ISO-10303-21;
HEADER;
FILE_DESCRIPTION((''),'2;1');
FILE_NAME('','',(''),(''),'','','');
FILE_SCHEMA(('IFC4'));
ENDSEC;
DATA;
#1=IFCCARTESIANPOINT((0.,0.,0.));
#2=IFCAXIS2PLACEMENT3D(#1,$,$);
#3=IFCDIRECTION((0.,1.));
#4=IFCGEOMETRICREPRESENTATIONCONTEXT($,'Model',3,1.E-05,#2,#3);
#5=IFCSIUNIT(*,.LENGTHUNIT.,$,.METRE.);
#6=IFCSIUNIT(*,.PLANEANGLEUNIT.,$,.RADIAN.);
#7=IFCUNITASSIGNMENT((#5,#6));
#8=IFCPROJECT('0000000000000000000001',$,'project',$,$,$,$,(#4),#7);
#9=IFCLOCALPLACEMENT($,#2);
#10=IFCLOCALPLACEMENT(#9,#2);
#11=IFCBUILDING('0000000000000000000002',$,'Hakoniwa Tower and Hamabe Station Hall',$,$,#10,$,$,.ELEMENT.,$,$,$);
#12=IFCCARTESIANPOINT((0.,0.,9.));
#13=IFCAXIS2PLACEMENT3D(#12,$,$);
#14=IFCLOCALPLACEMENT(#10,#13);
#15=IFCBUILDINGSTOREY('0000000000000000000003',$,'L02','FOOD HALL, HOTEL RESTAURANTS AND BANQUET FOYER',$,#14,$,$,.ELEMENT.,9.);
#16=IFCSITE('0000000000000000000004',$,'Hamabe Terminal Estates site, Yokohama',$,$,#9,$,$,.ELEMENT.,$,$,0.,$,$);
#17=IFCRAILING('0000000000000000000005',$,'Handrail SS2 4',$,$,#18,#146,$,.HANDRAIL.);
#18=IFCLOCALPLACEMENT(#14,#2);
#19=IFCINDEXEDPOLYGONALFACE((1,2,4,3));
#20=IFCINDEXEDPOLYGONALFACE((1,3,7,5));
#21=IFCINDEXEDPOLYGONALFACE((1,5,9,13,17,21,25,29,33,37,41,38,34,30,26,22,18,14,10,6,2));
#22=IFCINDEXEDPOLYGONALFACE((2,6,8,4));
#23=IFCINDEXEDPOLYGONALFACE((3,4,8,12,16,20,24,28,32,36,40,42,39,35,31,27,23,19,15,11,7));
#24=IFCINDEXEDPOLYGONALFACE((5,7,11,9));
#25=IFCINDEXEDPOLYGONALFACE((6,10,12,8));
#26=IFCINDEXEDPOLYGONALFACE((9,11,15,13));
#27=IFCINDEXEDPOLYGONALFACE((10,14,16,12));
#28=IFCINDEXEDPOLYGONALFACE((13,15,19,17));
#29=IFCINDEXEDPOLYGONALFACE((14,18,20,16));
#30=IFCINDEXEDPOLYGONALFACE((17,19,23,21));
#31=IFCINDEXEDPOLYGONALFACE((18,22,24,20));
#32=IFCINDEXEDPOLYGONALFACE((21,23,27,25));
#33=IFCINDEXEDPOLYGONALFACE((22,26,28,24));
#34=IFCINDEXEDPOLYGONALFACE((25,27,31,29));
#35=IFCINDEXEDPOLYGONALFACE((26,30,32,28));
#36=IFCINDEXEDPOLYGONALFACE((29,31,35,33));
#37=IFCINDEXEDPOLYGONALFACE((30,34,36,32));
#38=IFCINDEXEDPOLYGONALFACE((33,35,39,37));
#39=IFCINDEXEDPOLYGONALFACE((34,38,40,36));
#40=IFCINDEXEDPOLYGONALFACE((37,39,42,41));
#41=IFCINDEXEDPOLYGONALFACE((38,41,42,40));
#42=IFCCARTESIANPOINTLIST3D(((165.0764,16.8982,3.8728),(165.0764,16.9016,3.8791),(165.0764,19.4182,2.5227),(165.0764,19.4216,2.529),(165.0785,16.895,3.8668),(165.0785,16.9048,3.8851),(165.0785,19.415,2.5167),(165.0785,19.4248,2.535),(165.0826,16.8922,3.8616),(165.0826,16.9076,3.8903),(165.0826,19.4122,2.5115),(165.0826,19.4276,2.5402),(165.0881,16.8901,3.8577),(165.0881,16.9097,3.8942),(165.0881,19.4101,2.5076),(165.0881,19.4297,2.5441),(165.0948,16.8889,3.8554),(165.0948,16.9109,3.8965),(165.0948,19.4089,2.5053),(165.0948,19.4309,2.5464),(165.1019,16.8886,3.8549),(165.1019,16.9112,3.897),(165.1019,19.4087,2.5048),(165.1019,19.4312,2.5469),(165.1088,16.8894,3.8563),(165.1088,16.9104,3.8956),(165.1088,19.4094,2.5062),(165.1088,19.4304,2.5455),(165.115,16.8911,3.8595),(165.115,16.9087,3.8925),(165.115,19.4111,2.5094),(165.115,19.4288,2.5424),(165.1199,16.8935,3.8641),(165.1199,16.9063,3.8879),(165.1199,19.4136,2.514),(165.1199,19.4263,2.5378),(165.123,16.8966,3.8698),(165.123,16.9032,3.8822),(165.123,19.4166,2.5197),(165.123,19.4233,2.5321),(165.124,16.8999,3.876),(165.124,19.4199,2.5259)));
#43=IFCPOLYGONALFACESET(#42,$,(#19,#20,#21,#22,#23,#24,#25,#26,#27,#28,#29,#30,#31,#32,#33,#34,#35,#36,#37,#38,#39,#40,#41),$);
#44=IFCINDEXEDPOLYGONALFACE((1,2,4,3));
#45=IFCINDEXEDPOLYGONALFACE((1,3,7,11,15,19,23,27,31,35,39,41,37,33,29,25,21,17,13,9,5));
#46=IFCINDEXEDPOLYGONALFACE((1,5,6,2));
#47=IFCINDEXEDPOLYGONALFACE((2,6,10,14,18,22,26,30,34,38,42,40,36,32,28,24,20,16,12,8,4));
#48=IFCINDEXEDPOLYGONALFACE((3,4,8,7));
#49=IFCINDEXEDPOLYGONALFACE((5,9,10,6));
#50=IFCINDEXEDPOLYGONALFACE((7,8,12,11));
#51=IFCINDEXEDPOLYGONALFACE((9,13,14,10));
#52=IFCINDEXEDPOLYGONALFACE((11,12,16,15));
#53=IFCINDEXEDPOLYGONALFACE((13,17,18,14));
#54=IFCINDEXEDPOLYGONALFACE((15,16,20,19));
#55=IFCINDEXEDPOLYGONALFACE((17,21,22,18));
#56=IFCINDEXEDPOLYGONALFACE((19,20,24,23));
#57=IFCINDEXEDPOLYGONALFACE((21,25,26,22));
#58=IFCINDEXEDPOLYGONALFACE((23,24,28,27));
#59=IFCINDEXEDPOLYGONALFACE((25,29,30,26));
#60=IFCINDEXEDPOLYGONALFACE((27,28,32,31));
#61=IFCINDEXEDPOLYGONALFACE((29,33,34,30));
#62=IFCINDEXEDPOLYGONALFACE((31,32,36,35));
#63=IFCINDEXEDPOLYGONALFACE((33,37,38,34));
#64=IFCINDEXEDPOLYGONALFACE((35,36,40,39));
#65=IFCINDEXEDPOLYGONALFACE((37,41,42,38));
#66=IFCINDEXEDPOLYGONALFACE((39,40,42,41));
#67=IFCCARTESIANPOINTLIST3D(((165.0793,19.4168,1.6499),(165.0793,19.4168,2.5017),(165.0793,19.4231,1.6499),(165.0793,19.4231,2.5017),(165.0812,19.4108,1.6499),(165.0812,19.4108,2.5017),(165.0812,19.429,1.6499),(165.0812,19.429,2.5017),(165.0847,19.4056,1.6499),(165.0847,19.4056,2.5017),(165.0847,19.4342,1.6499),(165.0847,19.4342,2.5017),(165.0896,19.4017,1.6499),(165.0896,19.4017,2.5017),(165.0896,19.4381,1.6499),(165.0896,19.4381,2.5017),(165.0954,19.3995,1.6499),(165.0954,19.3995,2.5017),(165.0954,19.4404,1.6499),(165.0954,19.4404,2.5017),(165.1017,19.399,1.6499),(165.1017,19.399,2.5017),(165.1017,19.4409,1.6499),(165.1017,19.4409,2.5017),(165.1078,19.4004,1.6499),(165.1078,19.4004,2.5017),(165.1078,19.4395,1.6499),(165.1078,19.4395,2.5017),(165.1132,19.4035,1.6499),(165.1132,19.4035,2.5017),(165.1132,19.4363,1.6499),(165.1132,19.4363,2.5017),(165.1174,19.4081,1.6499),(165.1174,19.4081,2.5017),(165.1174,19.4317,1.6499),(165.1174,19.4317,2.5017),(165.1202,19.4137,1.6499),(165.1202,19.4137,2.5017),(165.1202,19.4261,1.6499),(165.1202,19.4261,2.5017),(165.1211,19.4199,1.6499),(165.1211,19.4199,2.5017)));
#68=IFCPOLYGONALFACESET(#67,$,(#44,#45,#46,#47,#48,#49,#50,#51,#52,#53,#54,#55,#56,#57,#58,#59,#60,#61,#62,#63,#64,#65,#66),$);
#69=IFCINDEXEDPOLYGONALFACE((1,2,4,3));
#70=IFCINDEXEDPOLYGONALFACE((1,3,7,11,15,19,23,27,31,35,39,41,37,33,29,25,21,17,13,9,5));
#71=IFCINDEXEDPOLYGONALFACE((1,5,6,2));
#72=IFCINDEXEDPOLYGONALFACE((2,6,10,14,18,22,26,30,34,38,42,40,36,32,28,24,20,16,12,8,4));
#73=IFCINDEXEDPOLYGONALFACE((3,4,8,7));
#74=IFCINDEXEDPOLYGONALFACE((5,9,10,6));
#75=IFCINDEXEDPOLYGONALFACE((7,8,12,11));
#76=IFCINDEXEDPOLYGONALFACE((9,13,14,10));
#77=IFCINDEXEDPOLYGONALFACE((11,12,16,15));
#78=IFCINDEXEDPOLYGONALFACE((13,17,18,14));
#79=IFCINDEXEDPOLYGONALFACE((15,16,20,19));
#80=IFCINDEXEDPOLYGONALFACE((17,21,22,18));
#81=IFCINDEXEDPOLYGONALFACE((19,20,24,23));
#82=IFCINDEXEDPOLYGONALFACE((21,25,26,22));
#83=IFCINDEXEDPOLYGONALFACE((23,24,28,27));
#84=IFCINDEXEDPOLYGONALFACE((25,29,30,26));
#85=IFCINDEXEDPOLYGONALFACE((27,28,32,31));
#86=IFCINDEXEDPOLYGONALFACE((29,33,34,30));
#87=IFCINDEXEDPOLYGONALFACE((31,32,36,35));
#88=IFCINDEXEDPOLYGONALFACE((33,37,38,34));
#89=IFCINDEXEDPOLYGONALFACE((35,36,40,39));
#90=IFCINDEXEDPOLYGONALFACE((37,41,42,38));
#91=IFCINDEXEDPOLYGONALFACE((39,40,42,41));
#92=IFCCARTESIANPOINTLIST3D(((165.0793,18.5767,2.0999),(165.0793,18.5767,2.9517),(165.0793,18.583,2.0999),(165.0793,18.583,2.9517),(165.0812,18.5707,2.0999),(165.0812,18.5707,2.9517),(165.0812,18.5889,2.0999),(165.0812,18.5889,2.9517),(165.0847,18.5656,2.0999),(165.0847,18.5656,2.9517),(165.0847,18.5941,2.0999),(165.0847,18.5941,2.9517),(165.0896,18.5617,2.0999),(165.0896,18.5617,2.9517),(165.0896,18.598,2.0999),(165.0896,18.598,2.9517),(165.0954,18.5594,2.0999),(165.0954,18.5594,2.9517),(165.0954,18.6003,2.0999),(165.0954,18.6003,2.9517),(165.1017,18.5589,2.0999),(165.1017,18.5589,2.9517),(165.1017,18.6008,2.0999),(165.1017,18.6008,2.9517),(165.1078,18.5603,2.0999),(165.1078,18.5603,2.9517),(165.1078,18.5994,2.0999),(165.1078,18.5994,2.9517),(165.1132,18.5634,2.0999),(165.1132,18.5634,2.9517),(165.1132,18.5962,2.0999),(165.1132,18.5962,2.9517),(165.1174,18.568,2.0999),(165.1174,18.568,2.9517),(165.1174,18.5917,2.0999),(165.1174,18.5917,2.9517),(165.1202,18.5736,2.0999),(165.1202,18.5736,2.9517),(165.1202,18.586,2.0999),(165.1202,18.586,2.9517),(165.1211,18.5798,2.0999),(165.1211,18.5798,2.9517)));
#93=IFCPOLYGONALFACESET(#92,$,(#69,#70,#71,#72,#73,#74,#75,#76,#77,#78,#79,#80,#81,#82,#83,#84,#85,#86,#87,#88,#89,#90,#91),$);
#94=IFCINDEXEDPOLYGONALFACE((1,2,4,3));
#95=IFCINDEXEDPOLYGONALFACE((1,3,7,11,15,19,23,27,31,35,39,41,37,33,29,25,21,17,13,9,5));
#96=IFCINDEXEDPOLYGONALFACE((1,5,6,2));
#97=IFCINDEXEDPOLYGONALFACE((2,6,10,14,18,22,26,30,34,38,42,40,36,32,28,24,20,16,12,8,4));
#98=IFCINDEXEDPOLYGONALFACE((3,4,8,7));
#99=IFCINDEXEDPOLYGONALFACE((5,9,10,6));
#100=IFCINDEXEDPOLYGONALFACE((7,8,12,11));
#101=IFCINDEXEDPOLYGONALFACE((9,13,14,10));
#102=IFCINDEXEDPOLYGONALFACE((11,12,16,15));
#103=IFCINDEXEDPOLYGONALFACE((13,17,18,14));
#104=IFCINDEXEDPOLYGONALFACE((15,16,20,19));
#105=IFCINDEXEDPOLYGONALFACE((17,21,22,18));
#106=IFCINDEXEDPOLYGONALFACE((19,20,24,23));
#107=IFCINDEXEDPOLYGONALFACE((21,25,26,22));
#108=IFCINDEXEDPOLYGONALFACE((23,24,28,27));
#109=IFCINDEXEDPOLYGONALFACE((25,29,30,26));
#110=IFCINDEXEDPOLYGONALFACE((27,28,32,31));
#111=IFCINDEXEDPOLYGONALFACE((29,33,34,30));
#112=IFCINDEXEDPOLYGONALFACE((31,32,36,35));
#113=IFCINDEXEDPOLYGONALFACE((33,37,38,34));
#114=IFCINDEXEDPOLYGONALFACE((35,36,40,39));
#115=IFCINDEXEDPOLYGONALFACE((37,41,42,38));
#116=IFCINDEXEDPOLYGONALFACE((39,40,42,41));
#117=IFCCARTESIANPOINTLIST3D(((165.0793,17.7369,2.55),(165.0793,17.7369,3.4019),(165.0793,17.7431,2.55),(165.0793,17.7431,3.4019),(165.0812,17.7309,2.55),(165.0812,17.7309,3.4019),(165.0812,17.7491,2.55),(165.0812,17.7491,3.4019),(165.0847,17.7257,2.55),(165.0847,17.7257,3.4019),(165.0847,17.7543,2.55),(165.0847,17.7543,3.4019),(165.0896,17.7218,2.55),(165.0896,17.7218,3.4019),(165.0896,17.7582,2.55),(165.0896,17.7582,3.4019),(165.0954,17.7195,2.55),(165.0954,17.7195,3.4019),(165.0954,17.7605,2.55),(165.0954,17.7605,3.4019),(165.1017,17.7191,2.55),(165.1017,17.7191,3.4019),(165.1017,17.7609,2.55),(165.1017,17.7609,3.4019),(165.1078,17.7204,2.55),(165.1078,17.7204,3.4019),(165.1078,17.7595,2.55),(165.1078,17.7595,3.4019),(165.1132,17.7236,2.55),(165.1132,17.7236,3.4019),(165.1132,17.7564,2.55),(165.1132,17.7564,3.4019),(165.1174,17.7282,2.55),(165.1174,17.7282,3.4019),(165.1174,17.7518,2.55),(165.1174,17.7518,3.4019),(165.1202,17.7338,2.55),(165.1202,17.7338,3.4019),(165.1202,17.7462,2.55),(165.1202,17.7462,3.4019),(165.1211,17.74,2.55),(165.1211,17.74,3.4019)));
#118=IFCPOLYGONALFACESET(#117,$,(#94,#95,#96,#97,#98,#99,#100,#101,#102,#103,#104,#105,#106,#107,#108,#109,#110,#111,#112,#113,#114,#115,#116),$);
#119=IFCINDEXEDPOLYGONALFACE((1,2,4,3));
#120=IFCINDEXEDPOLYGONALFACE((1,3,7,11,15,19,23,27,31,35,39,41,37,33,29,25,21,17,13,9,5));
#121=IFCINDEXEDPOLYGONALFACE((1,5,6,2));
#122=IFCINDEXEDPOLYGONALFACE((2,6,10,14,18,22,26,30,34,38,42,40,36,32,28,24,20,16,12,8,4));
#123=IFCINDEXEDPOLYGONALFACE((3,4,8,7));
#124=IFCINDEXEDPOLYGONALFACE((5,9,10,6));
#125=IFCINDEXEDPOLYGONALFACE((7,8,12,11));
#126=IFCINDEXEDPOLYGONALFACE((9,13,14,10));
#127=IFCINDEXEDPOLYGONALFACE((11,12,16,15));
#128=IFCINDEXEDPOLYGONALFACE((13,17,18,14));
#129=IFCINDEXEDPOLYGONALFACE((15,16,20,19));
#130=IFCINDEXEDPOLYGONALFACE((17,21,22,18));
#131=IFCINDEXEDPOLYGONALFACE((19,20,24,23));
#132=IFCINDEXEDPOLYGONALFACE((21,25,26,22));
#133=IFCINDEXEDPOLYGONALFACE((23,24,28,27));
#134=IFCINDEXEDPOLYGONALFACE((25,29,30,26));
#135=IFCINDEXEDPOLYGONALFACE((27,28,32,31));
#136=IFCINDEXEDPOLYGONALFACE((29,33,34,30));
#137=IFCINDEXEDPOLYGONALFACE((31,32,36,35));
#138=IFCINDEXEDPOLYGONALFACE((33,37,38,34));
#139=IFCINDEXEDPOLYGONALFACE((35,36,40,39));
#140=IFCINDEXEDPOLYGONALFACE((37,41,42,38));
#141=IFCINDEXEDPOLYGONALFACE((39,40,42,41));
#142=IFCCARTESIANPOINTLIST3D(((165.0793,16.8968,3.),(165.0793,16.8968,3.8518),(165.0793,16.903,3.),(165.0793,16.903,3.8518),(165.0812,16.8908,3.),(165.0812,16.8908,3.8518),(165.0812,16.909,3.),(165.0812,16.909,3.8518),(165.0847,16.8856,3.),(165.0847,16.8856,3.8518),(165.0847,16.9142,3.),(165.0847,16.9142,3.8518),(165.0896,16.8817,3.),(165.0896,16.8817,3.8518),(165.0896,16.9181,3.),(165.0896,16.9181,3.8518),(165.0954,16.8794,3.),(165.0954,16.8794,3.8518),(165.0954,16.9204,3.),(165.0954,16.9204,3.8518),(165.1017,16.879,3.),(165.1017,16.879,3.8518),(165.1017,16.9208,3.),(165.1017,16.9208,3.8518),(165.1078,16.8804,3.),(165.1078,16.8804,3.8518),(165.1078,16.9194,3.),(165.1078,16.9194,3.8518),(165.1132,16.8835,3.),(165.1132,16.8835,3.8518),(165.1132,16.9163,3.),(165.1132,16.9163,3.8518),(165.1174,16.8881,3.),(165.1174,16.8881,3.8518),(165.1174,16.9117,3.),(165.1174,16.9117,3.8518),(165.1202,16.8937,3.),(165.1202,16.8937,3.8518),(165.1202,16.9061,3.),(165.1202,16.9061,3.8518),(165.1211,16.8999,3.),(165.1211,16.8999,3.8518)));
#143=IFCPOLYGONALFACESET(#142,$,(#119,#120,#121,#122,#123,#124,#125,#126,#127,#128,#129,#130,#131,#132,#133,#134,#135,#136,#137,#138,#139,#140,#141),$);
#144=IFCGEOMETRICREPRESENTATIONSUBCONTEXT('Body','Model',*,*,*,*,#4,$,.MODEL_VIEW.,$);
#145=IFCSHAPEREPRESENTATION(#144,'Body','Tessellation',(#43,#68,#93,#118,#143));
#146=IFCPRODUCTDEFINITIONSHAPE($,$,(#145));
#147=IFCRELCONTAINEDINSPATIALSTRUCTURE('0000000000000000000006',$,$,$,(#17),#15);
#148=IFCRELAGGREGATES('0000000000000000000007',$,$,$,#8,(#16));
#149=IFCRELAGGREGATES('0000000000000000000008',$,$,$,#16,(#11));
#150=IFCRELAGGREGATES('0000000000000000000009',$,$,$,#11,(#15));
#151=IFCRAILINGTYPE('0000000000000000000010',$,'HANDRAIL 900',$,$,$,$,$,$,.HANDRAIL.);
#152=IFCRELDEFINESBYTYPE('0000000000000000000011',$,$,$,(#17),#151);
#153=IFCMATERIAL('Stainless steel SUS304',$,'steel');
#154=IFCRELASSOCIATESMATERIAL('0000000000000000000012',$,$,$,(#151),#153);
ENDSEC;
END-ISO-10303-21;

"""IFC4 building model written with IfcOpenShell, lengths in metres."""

from ifc_helpers import new_model, si_unit, direction, frame, origin, origin_2d, place, context, subcontext, project, spatial, circle, extrude, material, type_object, element, save


model = new_model("IFC4")

# Units and contexts
model_context = context("Model", 3, precision=1e-05, world=origin(), true_north=direction((0.0, 1.0)))
body_context = subcontext(model_context, "Body", "Model", "MODEL_VIEW")
ifc_project = project(units=[si_unit("LENGTHUNIT", "METRE"), si_unit("PLANEANGLEUNIT", "RADIAN")], contexts=[model_context])

# Site, building, storey
site_placement = place(None, origin())
site = spatial("IfcSite", under=ifc_project, at=site_placement, Name="Hamabe Terminal Estates site, Yokohama", CompositionType="ELEMENT", RefElevation=0.0)
building_placement = place(site_placement, origin())
building = spatial("IfcBuilding", under=site, at=building_placement, Name="Hakoniwa Tower and Hamabe Station Hall", CompositionType="ELEMENT")
storey_placement = place(building_placement, frame((0.0, 0.0, 9.0)))
storey = spatial("IfcBuildingStorey", under=building, at=storey_placement, Name="L02", Description="FOOD HALL, HOTEL RESTAURANTS AND BANQUET FOYER", CompositionType="ELEMENT", Elevation=9.0)

# Railing
ifc_material_1 = material(Name="Stainless steel SUS304", Category="steel")
railing_type = type_object("IfcRailingType", Name="HANDRAIL 900", PredefinedType="HANDRAIL", material=ifc_material_1)
for number, where, name in (
    (1, (165.1001, 19.4199, 1.6499), "Handrail SS2 4"),
):
    element("IfcRailing", number, at=place(storey_placement, frame(where)), inside=storey, type_object=railing_type, Name=name, PredefinedType="HANDRAIL", context=body_context, shape_type="SweptSolid", body=[
        extrude(circle(Radius=0.0239, at=origin_2d()), frame((0.0, 0.0, 0.876), z_axis=(0.0, -0.881467, 0.472245), x_axis=(1.0, 0.0, 0.0)), (0.0, 0.0, 1.0), 2.8589),
        extrude(circle(Radius=0.021, at=origin_2d()), origin(), (0.0, 0.0, 1.0), 0.8518),
        extrude(circle(Radius=0.021, at=origin_2d()), frame((0.0, -0.8401, 0.45)), (0.0, 0.0, 1.0), 0.8518),
        extrude(circle(Radius=0.021, at=origin_2d()), frame((0.0, -1.6799, 0.9001)), (0.0, 0.0, 1.0), 0.8518),
        extrude(circle(Radius=0.021, at=origin_2d()), frame((0.0, -2.52, 1.3501)), (0.0, 0.0, 1.0), 0.8518),
    ])

save(model, "model.ifc")
